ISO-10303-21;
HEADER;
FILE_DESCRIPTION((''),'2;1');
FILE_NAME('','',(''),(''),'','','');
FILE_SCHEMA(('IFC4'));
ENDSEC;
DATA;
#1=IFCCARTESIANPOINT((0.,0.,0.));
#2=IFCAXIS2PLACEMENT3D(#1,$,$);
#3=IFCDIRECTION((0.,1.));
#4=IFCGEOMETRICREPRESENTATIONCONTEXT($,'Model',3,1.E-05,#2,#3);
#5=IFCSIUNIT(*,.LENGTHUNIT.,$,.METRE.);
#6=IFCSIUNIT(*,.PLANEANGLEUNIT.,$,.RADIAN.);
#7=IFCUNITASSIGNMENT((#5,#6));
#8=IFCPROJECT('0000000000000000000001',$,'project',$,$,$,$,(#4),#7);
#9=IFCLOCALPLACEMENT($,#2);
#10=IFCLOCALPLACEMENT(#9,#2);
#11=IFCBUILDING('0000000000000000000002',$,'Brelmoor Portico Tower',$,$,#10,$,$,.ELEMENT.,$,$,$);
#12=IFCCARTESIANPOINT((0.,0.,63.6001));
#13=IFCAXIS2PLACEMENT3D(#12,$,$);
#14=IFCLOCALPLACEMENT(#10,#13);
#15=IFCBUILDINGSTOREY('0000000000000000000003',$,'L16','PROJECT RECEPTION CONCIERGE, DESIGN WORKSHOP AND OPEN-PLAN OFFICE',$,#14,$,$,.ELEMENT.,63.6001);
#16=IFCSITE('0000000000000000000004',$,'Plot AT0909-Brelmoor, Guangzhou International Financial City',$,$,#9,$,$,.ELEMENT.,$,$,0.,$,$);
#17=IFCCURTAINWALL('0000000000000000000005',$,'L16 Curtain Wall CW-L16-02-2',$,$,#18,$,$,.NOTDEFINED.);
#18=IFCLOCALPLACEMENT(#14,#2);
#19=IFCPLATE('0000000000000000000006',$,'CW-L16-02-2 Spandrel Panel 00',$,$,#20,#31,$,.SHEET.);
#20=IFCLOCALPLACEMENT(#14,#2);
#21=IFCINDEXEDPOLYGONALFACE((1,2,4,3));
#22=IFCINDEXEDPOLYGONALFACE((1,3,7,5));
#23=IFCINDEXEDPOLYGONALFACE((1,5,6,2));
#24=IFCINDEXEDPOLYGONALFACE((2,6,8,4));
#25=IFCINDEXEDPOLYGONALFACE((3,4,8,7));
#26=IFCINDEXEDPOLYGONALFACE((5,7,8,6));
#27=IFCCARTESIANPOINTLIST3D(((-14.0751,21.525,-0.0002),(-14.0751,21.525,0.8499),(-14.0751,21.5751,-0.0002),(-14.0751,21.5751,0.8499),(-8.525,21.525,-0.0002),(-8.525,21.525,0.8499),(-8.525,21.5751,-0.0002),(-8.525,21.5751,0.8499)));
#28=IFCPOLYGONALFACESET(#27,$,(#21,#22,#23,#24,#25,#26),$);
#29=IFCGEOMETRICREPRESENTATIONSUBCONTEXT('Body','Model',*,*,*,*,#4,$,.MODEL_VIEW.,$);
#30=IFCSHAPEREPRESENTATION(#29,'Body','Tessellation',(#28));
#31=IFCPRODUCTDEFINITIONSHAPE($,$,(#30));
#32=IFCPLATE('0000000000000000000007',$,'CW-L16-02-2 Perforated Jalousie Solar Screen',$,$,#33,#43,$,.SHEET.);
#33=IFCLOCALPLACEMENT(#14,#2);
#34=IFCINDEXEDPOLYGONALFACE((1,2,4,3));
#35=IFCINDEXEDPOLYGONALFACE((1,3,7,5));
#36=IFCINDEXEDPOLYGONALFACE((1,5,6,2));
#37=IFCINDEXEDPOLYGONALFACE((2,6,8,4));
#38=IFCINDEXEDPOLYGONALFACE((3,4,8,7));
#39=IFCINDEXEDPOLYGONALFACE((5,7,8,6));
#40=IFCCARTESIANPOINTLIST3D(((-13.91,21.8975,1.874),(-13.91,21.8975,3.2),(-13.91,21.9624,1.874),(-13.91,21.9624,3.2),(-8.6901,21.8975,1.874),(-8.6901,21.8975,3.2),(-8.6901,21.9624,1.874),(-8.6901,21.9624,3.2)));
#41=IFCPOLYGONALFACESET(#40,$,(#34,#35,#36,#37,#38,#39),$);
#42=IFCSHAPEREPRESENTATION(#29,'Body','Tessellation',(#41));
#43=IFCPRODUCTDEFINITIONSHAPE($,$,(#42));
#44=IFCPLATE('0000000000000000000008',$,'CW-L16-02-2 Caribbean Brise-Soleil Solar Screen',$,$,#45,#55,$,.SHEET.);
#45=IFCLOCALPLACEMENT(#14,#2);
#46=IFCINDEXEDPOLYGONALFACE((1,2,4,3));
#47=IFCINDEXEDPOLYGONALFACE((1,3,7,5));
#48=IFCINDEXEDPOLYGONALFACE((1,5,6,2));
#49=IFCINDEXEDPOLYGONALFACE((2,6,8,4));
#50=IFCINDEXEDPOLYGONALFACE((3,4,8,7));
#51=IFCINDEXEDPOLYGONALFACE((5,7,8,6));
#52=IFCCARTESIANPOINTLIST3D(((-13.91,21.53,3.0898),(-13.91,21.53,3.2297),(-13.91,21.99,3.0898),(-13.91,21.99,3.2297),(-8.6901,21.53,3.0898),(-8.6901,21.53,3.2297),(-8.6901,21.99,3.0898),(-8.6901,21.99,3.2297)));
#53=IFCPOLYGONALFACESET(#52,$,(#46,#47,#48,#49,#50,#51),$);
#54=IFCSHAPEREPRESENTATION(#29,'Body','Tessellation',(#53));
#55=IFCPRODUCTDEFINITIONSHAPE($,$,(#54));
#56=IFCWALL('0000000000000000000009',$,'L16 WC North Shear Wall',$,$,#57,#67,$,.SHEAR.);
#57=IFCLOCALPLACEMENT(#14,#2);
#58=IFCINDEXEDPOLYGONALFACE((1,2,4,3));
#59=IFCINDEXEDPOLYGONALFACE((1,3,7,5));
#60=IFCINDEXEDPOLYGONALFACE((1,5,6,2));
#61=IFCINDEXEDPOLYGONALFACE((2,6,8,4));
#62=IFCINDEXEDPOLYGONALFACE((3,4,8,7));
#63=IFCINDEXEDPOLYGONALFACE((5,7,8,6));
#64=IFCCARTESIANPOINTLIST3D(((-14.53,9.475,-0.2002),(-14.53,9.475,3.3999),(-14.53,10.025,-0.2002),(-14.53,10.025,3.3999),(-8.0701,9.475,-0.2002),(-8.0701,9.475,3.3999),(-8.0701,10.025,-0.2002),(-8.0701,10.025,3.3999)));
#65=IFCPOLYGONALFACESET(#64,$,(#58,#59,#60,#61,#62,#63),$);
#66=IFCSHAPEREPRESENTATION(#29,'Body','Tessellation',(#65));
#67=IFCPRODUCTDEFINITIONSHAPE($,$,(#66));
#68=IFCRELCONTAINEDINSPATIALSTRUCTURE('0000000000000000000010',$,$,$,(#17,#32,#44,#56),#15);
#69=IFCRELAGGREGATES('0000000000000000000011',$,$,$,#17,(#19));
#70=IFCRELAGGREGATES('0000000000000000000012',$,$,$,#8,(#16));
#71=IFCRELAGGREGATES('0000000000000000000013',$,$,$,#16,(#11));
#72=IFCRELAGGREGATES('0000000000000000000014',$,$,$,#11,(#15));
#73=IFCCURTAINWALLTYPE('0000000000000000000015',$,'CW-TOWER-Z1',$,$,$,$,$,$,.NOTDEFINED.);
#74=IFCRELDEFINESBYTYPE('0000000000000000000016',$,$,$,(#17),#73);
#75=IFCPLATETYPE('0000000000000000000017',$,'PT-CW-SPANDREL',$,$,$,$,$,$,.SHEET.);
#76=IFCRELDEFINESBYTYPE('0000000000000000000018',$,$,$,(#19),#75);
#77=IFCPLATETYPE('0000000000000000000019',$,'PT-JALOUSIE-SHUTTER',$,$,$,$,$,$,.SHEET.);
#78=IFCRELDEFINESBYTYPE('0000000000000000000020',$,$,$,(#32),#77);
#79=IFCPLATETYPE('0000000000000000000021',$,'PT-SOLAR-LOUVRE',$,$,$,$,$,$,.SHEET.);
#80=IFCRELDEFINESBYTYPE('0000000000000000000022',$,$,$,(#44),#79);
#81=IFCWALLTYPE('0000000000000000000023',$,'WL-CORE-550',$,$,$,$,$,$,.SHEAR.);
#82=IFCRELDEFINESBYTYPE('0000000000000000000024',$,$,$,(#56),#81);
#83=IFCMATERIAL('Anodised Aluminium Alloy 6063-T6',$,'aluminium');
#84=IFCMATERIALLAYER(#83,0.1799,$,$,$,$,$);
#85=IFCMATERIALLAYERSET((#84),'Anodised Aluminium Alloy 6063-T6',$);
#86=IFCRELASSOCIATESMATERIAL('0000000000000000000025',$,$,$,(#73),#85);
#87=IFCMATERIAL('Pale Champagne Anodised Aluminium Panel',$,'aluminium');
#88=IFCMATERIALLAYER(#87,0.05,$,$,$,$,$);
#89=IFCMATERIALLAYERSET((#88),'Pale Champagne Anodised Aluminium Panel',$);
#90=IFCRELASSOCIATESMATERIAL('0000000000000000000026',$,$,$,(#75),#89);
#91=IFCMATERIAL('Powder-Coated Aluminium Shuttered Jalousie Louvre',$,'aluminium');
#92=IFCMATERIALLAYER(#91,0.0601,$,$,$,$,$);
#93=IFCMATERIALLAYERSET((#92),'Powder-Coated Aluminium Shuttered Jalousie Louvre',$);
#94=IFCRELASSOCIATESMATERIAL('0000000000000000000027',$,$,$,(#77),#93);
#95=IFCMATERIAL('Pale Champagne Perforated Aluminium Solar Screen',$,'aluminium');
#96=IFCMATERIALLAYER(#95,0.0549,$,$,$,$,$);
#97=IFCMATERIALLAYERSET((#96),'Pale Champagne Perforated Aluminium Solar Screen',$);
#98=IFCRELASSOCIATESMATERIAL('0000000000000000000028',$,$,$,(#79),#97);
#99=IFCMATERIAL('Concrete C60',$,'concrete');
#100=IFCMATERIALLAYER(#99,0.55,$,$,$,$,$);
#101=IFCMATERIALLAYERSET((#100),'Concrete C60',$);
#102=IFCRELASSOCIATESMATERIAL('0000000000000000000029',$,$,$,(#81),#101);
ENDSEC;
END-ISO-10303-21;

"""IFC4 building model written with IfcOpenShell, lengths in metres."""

from ifc_helpers import new_model, si_unit, direction, frame, frame_2d, origin, origin_2d, place, context, subcontext, project, spatial, rectangle, extrude, material, layer, layer_set, type_object, element, aggregate, save


model = new_model("IFC4")

# Units and contexts
model_context = context("Model", 3, precision=1e-05, world=origin(), true_north=direction((0.0, 1.0)))
body_context = subcontext(model_context, "Body", "Model", "MODEL_VIEW")
ifc_project = project(units=[si_unit("LENGTHUNIT", "METRE"), si_unit("PLANEANGLEUNIT", "RADIAN")], contexts=[model_context])

# Site, building, storey
site_placement = place(None, origin())
site = spatial("IfcSite", under=ifc_project, at=site_placement, Name="Plot AT0909-Brelmoor, Guangzhou International Financial City", CompositionType="ELEMENT", RefElevation=0.0)
building_placement = place(site_placement, origin())
building = spatial("IfcBuilding", under=site, at=building_placement, Name="Brelmoor Portico Tower", CompositionType="ELEMENT")
storey_placement = place(building_placement, frame((0.0, 0.0, 63.6001)))
storey = spatial("IfcBuildingStorey", under=building, at=storey_placement, Name="L16", Description="PROJECT RECEPTION CONCIERGE, DESIGN WORKSHOP AND OPEN-PLAN OFFICE", CompositionType="ELEMENT", Elevation=63.6001)

# Shared definitions
ifc_material_1 = material(Name="Anodised Aluminium Alloy 6063-T6", Category="aluminium")

# Curtain wall
ifc_layer_1 = layer(ifc_material_1, 0.1799)
ifc_layer_set_1 = layer_set([ifc_layer_1], Name="Anodised Aluminium Alloy 6063-T6")
curtain_wall_type_1 = type_object("IfcCurtainWallType", Name="CW-TOWER-Z1", PredefinedType="NOTDEFINED", material=ifc_layer_set_1)
curtain_wall_1_placement = place(storey_placement, origin())
curtain_wall_1 = element("IfcCurtainWall", 1, at=curtain_wall_1_placement, inside=storey, type_object=curtain_wall_type_1, Name="L16 Curtain Wall CW-L16-02-2", PredefinedType="NOTDEFINED")

# Plate
ifc_material_2 = material(Name="Pale Champagne Anodised Aluminium Panel", Category="aluminium")
ifc_layer_2 = layer(ifc_material_2, 0.05)
ifc_layer_set_2 = layer_set([ifc_layer_2], Name="Pale Champagne Anodised Aluminium Panel")
plate_type_1 = type_object("IfcPlateType", Name="PT-CW-SPANDREL", PredefinedType="SHEET", material=ifc_layer_set_2)
plate_1_placement = place(storey_placement, frame((-11.3, 21.55, -0.0002), z_axis=(0.0, 0.0, 1.0), x_axis=(1.0, 0.0, 0.0)))
plate_1 = element("IfcPlate", 2, at=plate_1_placement, type_object=plate_type_1, Name="CW-L16-02-2 Spandrel Panel 00", PredefinedType="SHEET", context=body_context, shape_type="SweptSolid", body=[
    extrude(rectangle(XDim=5.55, YDim=0.05, at=origin_2d()), origin(), (0.0, 0.0, 1.0), 0.8501),
])
aggregate(curtain_wall_1, [plate_1])

# Plates
ifc_material_3 = material(Name="Powder-Coated Aluminium Shuttered Jalousie Louvre", Category="aluminium")
ifc_layer_3 = layer(ifc_material_3, 0.0601)
ifc_layer_set_3 = layer_set([ifc_layer_3], Name="Powder-Coated Aluminium Shuttered Jalousie Louvre")
plate_type_2 = type_object("IfcPlateType", Name="PT-JALOUSIE-SHUTTER", PredefinedType="SHEET", material=ifc_layer_set_3)
plate_2_placement = place(storey_placement, frame((-11.3, 21.9299, 1.874), z_axis=(0.0, 0.0, 1.0), x_axis=(1.0, 0.0, 0.0)))
element("IfcPlate", 3, at=plate_2_placement, inside=storey, type_object=plate_type_2, Name="CW-L16-02-2 Perforated Jalousie Solar Screen", PredefinedType="SHEET", context=body_context, shape_type="SweptSolid", body=[
    extrude(rectangle(XDim=5.22, YDim=0.0649, at=origin_2d()), origin(), (0.0, 0.0, 1.0), 1.3259),
])
ifc_material_4 = material(Name="Pale Champagne Perforated Aluminium Solar Screen", Category="aluminium")
ifc_layer_4 = layer(ifc_material_4, 0.0549)
ifc_layer_set_4 = layer_set([ifc_layer_4], Name="Pale Champagne Perforated Aluminium Solar Screen")
plate_type_3 = type_object("IfcPlateType", Name="PT-SOLAR-LOUVRE", PredefinedType="SHEET", material=ifc_layer_set_4)
plate_3_placement = place(storey_placement, frame((-11.3, 21.76, 3.0898), z_axis=(0.0, 0.0, 1.0), x_axis=(1.0, 0.0, 0.0)))
element("IfcPlate", 4, at=plate_3_placement, inside=storey, type_object=plate_type_3, Name="CW-L16-02-2 Caribbean Brise-Soleil Solar Screen", PredefinedType="SHEET", context=body_context, shape_type="SweptSolid", body=[
    extrude(rectangle(XDim=5.22, YDim=0.46, at=origin_2d()), origin(), (0.0, 0.0, 1.0), 0.1399),
])

# Wall
ifc_material_5 = material(Name="Concrete C60", Category="concrete")
ifc_layer_5 = layer(ifc_material_5, 0.55)
ifc_layer_set_5 = layer_set([ifc_layer_5], Name="Concrete C60")
wall_type = type_object("IfcWallType", Name="WL-CORE-550", PredefinedType="SHEAR", material=ifc_layer_set_5)
wall_placement = place(storey_placement, frame((-14.53, 9.75, -0.2002), z_axis=(0.0, 0.0, 1.0), x_axis=(1.0, 0.0, 0.0)))
element("IfcWall", 5, at=wall_placement, inside=storey, type_object=wall_type, Name="L16 WC North Shear Wall", PredefinedType="SHEAR", context=body_context, shape_type="SweptSolid", body=[
    extrude(rectangle(XDim=6.46, YDim=0.55, at=frame_2d((3.23, 0.0))), origin(), (0.0, 0.0, 1.0), 3.6001),
])

save(model, "model.ifc")
